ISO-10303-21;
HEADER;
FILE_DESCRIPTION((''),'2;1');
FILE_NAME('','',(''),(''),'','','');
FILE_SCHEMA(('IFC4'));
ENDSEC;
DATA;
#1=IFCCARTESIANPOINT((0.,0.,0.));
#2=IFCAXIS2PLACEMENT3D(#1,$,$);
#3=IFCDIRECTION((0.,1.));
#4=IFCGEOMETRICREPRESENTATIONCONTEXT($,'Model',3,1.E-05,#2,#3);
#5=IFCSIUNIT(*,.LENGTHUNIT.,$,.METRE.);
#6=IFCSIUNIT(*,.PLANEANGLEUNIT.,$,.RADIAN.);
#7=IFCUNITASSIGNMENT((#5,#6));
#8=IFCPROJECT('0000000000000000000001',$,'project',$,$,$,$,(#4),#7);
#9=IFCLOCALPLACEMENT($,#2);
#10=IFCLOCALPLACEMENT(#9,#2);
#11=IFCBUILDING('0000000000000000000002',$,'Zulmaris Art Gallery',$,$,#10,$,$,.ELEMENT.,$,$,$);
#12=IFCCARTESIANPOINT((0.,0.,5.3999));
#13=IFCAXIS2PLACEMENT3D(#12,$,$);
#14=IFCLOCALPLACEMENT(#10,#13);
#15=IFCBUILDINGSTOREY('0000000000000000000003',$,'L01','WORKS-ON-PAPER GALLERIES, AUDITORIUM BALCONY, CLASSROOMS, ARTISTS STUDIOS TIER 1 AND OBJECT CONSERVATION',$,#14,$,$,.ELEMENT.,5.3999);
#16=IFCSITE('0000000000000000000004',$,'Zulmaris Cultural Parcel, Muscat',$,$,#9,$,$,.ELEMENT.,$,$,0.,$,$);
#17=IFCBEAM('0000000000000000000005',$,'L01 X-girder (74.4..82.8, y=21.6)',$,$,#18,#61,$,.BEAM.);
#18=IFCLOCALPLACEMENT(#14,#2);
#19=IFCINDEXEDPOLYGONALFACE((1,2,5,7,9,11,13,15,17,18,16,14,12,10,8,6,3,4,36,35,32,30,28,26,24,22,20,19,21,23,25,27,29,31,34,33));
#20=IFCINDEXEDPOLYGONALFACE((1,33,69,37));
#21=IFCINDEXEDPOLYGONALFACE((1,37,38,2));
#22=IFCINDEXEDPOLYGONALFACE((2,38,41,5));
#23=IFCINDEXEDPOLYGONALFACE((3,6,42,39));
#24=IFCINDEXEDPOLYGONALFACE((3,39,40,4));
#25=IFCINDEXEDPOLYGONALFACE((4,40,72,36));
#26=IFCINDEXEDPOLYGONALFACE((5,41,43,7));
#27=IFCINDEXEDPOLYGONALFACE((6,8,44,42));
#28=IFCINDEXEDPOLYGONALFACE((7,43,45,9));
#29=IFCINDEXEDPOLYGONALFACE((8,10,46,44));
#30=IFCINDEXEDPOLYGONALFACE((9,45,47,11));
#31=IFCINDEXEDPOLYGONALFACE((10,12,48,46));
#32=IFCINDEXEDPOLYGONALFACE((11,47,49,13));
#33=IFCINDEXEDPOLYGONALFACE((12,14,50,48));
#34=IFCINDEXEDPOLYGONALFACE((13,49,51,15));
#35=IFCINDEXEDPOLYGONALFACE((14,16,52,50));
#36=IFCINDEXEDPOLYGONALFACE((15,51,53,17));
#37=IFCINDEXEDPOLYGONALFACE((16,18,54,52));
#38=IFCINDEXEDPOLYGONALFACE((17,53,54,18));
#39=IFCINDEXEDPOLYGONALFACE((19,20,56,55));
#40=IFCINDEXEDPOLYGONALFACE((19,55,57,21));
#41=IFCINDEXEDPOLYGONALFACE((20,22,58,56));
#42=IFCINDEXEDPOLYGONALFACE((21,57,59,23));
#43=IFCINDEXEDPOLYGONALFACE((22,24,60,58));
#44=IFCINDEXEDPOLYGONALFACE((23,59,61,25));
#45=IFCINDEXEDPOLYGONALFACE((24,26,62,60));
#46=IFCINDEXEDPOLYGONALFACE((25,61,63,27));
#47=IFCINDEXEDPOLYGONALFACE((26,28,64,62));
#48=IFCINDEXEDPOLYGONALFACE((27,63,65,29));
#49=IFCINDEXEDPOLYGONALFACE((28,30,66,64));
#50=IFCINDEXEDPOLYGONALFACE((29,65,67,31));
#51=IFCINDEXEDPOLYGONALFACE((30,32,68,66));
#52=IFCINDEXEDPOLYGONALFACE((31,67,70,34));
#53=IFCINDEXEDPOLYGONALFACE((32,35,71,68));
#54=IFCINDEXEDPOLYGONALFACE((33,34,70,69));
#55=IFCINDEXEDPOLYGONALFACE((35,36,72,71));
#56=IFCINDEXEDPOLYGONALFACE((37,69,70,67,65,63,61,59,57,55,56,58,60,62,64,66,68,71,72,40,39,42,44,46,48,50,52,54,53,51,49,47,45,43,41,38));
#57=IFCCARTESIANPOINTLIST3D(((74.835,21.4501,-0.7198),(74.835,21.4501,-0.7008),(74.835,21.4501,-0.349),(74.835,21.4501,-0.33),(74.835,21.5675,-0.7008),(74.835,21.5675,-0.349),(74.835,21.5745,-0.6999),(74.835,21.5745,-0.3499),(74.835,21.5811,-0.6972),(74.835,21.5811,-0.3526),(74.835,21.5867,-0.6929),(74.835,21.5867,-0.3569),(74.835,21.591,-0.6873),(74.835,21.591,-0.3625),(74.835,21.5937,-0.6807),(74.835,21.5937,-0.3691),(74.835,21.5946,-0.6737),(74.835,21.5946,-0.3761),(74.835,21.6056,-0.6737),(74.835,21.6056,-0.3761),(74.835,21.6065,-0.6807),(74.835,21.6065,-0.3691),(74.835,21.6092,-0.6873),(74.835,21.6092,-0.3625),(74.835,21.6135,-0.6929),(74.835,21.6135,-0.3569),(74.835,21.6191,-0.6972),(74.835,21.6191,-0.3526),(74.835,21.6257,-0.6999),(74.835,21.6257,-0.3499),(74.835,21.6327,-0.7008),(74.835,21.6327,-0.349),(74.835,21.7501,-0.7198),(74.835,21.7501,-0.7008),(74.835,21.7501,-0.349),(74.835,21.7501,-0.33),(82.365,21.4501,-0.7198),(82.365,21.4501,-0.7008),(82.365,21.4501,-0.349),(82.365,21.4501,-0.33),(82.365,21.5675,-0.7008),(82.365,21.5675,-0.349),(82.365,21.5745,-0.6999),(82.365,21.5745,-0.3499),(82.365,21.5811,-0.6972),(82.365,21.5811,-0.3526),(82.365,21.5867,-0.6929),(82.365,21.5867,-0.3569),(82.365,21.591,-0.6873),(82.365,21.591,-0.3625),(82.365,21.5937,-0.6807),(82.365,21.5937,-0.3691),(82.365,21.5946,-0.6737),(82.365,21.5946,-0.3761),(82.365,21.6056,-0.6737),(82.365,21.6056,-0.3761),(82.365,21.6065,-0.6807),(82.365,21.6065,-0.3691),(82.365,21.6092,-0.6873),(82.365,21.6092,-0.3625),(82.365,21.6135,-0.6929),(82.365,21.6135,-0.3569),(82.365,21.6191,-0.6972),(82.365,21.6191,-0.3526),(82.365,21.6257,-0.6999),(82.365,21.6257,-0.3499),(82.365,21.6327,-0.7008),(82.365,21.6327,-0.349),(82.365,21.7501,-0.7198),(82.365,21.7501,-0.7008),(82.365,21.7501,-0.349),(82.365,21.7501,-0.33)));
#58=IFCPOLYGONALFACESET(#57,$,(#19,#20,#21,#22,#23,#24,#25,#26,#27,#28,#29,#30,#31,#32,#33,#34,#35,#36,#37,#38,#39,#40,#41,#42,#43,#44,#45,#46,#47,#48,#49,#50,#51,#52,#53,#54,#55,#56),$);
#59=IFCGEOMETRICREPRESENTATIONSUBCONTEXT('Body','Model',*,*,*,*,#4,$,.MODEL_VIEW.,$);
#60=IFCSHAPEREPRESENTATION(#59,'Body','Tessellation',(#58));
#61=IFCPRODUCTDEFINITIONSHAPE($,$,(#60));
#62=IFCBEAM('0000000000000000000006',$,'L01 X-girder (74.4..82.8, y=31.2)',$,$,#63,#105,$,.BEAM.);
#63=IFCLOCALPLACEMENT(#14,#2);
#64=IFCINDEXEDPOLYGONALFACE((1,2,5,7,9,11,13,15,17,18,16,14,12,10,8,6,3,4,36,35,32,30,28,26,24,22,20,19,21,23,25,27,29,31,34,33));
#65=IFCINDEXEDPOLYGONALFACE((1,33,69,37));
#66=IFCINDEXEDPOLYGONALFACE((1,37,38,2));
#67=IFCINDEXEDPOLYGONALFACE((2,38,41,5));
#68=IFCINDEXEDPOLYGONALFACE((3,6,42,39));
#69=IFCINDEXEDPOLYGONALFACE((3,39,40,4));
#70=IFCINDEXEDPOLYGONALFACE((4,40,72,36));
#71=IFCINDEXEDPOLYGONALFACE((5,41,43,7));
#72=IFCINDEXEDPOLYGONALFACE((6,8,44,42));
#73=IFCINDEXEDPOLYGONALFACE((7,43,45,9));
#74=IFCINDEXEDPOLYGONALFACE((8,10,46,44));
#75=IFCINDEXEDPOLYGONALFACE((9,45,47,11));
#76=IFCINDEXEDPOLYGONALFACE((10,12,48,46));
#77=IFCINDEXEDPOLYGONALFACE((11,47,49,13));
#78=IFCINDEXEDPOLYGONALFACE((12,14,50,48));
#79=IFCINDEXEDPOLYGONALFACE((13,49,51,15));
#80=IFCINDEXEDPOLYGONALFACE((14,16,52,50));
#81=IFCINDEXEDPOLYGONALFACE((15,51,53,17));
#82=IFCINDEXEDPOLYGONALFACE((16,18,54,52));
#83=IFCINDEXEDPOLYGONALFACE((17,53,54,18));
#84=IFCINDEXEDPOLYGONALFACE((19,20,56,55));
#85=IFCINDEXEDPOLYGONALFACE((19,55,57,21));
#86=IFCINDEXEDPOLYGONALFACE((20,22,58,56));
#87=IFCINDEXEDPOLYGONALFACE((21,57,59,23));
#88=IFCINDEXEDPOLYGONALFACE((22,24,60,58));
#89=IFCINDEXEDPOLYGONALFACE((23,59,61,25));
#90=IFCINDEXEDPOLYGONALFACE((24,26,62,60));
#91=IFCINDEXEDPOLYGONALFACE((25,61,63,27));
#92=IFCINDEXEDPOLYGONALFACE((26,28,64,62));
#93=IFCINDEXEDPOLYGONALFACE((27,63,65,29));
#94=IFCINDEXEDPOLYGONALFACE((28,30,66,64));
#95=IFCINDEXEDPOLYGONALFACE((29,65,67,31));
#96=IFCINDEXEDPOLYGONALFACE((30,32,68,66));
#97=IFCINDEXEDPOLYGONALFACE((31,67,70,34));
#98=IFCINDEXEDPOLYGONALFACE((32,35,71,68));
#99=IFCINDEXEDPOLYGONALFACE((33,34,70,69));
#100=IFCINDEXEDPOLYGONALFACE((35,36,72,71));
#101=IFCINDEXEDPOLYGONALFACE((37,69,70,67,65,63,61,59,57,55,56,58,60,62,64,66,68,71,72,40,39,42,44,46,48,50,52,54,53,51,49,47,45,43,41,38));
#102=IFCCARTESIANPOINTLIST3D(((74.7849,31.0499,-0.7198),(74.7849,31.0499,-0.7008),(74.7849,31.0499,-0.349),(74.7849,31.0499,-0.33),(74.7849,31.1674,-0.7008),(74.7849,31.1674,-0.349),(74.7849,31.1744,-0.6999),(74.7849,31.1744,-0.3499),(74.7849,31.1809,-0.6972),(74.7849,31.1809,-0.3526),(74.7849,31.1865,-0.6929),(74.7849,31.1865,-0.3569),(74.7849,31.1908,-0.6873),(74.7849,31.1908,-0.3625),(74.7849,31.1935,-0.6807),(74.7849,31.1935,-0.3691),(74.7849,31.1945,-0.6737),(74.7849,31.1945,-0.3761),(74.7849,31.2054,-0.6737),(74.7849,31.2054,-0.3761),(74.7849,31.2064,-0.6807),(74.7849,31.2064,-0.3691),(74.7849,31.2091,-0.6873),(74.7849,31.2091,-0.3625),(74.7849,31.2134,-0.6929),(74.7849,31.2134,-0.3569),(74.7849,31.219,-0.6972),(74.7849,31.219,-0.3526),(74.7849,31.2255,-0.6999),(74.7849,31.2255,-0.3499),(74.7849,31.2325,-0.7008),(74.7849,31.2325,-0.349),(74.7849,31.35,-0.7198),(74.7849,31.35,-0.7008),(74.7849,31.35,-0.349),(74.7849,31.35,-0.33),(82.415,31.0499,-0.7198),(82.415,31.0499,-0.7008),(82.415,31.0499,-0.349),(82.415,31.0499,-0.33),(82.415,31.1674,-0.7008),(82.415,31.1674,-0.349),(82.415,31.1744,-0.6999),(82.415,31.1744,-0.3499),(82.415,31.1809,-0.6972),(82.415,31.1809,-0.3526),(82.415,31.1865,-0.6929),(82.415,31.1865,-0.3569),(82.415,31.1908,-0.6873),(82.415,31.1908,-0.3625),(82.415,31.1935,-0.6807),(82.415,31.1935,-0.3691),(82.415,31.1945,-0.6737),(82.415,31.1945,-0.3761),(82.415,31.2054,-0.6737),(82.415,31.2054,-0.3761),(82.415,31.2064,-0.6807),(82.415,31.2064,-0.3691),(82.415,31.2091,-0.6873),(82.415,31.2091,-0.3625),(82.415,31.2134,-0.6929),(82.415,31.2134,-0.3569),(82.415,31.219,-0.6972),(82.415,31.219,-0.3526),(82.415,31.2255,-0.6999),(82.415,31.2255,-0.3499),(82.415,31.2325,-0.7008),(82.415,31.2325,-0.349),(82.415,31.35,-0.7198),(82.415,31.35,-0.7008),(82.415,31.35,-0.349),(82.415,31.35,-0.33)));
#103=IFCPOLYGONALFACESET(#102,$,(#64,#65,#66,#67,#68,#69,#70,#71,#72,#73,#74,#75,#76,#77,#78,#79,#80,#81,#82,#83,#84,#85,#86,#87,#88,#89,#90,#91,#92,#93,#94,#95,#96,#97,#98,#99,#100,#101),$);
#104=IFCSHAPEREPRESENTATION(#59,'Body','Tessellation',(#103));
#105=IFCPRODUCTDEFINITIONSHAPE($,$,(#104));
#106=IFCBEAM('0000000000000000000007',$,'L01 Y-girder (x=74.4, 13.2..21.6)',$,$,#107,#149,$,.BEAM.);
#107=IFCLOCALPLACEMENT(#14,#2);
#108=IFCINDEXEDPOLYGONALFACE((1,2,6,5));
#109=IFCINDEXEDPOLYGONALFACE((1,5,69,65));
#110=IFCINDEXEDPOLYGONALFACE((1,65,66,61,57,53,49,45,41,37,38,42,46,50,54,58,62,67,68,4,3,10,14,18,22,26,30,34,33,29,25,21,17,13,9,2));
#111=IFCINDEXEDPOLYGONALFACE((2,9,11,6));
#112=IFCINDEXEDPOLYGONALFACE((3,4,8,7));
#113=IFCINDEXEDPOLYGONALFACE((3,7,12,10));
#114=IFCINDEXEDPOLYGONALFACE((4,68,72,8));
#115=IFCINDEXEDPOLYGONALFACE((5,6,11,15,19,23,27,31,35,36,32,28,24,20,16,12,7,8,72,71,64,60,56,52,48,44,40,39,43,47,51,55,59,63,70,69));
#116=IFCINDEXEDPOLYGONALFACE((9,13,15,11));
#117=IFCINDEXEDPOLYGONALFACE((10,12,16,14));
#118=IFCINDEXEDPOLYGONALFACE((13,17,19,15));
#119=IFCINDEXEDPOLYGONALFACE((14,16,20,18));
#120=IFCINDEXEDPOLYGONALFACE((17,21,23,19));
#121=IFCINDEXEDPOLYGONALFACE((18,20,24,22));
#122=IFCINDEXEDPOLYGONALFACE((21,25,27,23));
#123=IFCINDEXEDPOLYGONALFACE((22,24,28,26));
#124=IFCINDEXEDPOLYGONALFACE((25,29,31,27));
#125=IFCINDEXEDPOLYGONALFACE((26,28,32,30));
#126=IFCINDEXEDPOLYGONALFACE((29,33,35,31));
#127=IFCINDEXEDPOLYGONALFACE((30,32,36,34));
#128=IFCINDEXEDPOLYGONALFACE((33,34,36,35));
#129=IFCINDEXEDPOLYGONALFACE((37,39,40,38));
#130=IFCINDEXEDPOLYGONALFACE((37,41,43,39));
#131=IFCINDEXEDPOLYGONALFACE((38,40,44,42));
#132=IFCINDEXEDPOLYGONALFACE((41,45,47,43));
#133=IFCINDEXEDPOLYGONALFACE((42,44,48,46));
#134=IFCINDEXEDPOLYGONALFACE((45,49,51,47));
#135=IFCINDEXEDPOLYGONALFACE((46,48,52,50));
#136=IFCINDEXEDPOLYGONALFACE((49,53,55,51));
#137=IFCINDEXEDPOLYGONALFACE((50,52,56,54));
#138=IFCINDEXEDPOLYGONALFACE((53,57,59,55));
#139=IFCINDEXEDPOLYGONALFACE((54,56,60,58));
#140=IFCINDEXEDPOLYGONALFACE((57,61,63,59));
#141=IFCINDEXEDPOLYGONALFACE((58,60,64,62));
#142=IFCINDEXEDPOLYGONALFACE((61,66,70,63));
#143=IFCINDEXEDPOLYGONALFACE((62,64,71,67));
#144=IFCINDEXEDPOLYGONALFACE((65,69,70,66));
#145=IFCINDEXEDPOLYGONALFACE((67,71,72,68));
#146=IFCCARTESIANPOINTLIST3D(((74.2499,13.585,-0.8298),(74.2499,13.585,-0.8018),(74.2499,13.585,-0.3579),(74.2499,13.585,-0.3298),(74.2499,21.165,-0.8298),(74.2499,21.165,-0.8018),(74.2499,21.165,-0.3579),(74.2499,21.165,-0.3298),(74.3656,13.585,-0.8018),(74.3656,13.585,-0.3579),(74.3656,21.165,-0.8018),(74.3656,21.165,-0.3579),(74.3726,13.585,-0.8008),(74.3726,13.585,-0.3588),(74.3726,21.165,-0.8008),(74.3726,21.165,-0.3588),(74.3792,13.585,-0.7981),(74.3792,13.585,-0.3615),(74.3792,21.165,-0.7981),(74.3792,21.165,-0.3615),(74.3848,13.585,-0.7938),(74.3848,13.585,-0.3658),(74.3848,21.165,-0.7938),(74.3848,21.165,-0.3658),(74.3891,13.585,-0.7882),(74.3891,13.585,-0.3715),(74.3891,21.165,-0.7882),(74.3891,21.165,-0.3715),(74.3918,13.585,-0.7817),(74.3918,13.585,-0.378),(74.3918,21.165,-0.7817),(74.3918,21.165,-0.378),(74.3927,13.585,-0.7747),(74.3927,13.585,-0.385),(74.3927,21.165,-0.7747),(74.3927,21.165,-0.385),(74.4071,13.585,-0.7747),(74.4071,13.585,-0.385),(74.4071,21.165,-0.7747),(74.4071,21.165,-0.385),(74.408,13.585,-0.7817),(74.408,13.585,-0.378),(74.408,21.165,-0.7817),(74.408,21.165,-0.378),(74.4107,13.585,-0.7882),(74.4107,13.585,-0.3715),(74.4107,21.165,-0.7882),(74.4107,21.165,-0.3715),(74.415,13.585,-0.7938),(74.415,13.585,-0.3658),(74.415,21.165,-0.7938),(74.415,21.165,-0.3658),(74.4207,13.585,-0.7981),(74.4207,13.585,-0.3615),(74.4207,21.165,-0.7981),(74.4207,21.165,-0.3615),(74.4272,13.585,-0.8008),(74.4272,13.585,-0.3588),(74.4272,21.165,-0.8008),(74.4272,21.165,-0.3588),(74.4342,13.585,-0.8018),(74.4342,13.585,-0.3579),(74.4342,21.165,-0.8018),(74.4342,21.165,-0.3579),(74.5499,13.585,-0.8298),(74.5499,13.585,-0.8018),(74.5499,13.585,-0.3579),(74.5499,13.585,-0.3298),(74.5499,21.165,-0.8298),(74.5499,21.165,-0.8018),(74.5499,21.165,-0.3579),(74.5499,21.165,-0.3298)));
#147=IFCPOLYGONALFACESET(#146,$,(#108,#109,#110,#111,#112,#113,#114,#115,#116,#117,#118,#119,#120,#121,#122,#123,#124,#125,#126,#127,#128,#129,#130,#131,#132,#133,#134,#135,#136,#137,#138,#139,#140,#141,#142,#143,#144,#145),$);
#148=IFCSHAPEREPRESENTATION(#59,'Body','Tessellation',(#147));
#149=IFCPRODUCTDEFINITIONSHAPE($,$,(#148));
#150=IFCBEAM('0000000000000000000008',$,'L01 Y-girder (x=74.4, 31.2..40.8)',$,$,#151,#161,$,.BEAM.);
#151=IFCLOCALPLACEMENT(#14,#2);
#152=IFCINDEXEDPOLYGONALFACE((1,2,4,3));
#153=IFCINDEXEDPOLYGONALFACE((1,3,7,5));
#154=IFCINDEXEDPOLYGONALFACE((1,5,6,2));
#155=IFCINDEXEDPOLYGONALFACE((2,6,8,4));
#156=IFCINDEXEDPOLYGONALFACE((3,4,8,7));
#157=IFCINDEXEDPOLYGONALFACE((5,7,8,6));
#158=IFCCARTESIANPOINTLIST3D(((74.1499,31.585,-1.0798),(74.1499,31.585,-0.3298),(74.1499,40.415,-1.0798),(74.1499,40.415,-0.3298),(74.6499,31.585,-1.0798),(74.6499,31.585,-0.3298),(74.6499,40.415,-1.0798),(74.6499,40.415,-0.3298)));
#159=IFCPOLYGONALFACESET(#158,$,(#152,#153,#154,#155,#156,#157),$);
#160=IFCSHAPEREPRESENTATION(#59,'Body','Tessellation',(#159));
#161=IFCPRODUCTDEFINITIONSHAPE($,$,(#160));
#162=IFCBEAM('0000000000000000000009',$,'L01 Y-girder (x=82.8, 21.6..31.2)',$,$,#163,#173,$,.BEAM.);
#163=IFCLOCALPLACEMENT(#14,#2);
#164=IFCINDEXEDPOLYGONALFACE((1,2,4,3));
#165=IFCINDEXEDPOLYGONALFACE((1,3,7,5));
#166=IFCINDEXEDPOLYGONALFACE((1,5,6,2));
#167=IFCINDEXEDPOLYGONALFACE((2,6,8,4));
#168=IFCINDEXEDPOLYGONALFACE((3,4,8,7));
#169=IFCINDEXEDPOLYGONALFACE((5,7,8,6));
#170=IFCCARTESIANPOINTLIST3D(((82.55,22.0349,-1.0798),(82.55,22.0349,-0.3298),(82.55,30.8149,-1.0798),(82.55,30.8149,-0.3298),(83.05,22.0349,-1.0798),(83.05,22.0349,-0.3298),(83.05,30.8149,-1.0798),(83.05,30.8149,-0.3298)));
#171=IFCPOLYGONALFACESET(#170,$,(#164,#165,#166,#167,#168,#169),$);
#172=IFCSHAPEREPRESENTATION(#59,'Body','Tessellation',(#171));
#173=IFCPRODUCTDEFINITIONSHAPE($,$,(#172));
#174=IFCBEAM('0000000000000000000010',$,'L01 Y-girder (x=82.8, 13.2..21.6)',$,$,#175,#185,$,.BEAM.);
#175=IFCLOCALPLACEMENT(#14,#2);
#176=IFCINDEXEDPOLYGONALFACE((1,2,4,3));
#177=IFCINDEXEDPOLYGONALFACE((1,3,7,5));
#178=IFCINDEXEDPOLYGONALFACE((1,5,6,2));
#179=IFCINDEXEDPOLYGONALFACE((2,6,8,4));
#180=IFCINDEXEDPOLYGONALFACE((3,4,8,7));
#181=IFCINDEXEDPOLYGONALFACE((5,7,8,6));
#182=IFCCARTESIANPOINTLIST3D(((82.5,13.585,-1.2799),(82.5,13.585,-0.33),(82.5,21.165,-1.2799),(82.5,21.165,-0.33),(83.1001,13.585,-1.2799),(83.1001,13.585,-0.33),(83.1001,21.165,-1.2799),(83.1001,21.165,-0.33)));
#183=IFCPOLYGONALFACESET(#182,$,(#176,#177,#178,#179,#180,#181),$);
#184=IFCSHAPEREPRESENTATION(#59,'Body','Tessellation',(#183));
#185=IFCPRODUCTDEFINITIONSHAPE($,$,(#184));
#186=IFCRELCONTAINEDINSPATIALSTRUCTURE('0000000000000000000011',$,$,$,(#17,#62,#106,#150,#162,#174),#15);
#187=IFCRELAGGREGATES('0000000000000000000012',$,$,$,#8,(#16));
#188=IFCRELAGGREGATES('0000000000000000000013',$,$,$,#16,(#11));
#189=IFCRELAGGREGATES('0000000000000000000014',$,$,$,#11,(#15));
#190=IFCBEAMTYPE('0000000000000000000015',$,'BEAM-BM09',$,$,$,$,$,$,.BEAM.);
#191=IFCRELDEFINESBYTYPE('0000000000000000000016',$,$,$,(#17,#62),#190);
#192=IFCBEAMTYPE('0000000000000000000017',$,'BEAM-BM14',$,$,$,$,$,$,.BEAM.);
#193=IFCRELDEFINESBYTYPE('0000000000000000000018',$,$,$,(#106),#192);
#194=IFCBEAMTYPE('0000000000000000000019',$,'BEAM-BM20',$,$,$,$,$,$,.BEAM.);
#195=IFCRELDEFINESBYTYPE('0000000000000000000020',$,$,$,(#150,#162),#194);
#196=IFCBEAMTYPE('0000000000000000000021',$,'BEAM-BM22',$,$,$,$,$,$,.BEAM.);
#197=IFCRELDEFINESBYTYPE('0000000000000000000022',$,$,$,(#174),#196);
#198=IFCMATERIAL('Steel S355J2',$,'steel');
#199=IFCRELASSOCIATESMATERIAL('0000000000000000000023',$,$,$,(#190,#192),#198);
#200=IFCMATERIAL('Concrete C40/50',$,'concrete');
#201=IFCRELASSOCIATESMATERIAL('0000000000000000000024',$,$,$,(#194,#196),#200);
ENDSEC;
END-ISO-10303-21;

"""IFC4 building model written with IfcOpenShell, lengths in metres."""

from ifc_helpers import new_model, si_unit, direction, frame, origin, origin_2d, place, context, subcontext, project, spatial, rectangle, i_section, extrude, material, material_profile, profile_set, type_object, element, save


model = new_model("IFC4")

# Units and contexts
model_context = context("Model", 3, precision=1e-05, world=origin(), true_north=direction((0.0, 1.0)))
body_context = subcontext(model_context, "Body", "Model", "MODEL_VIEW")
ifc_project = project(units=[si_unit("LENGTHUNIT", "METRE"), si_unit("PLANEANGLEUNIT", "RADIAN")], contexts=[model_context])

# Site, building, storey
site_placement = place(None, origin())
site = spatial("IfcSite", under=ifc_project, at=site_placement, Name="Zulmaris Cultural Parcel, Muscat", CompositionType="ELEMENT", RefElevation=0.0)
building_placement = place(site_placement, origin())
building = spatial("IfcBuilding", under=site, at=building_placement, Name="Zulmaris Art Gallery", CompositionType="ELEMENT")
storey_placement = place(building_placement, frame((0.0, 0.0, 5.3999)))
storey = spatial("IfcBuildingStorey", under=building, at=storey_placement, Name="L01", Description="WORKS-ON-PAPER GALLERIES, AUDITORIUM BALCONY, CLASSROOMS, ARTISTS STUDIOS TIER 1 AND OBJECT CONSERVATION", CompositionType="ELEMENT", Elevation=5.3999)

# Shared definitions
ifc_material_1 = material(Name="Concrete C40/50", Category="concrete")

# Beams
ifc_material_2 = material(Name="Steel S355J2", Category="steel")
ifc_material_profile_1 = material_profile(ifc_material_2, i_section(OverallWidth=0.3, OverallDepth=0.3899, WebThickness=0.011, FlangeThickness=0.019, FilletRadius=0.0271, at=origin_2d()), Name="HEA 400")
ifc_profile_set_1 = profile_set([ifc_material_profile_1], Name="Steel S355J2")
beam_type_1 = type_object("IfcBeamType", Name="BEAM-BM09", PredefinedType="BEAM", material=ifc_profile_set_1)
beam_1_placement = place(storey_placement, frame((74.835, 21.6001, -0.5249), z_axis=(1.0, 0.0, 0.0), x_axis=(0.0, 1.0, 0.0)))
element("IfcBeam", 1, at=beam_1_placement, inside=storey, type_object=beam_type_1, Name="L01 X-girder (74.4..82.8, y=21.6)", PredefinedType="BEAM", context=body_context, shape_type="SweptSolid", body=[
    extrude(i_section(OverallWidth=0.3, OverallDepth=0.3899, WebThickness=0.011, FlangeThickness=0.019, FilletRadius=0.0271, at=origin_2d()), origin(), (0.0, 0.0, 1.0), 7.53),
])
beam_2_placement = place(storey_placement, frame((74.7849, 31.2, -0.5249), z_axis=(1.0, 0.0, 0.0), x_axis=(0.0, 1.0, 0.0)))
element("IfcBeam", 2, at=beam_2_placement, inside=storey, type_object=beam_type_1, Name="L01 X-girder (74.4..82.8, y=31.2)", PredefinedType="BEAM", context=body_context, shape_type="SweptSolid", body=[
    extrude(i_section(OverallWidth=0.3, OverallDepth=0.3899, WebThickness=0.011, FlangeThickness=0.019, FilletRadius=0.0271, at=origin_2d()), origin(), (0.0, 0.0, 1.0), 7.6301),
])
ifc_material_profile_2 = material_profile(ifc_material_2, i_section(OverallWidth=0.3, OverallDepth=0.5, WebThickness=0.0144, FlangeThickness=0.0281, FilletRadius=0.0271, at=origin_2d()), Name="HEB 500")
ifc_profile_set_2 = profile_set([ifc_material_profile_2], Name="Steel S355J2")
beam_type_2 = type_object("IfcBeamType", Name="BEAM-BM14", PredefinedType="BEAM", material=ifc_profile_set_2)
beam_3_placement = place(storey_placement, frame((74.3999, 13.585, -0.5798), z_axis=(0.0, 1.0, 0.0), x_axis=(-1.0, 0.0, 0.0)))
element("IfcBeam", 3, at=beam_3_placement, inside=storey, type_object=beam_type_2, Name="L01 Y-girder (x=74.4, 13.2..21.6)", PredefinedType="BEAM", context=body_context, shape_type="SweptSolid", body=[
    extrude(i_section(OverallWidth=0.3, OverallDepth=0.5, WebThickness=0.0144, FlangeThickness=0.0281, FilletRadius=0.0271, at=origin_2d()), origin(), (0.0, 0.0, 1.0), 7.5801),
])
ifc_material_profile_3 = material_profile(ifc_material_1, rectangle(XDim=0.5, YDim=0.75, at=origin_2d()), Name="RC 500x750")
ifc_profile_set_3 = profile_set([ifc_material_profile_3], Name="Concrete C40/50")
beam_type_3 = type_object("IfcBeamType", Name="BEAM-BM20", PredefinedType="BEAM", material=ifc_profile_set_3)
beam_4_placement = place(storey_placement, frame((74.3999, 31.585, -0.7048), z_axis=(0.0, 1.0, 0.0), x_axis=(-1.0, 0.0, 0.0)))
element("IfcBeam", 4, at=beam_4_placement, inside=storey, type_object=beam_type_3, Name="L01 Y-girder (x=74.4, 31.2..40.8)", PredefinedType="BEAM", context=body_context, shape_type="SweptSolid", body=[
    extrude(rectangle(XDim=0.5, YDim=0.75, at=origin_2d()), origin(), (0.0, 0.0, 1.0), 8.8301),
])
beam_5_placement = place(storey_placement, frame((82.8, 22.0349, -0.7048), z_axis=(0.0, 1.0, 0.0), x_axis=(-1.0, 0.0, 0.0)))
element("IfcBeam", 5, at=beam_5_placement, inside=storey, type_object=beam_type_3, Name="L01 Y-girder (x=82.8, 21.6..31.2)", PredefinedType="BEAM", context=body_context, shape_type="SweptSolid", body=[
    extrude(rectangle(XDim=0.5, YDim=0.75, at=origin_2d()), origin(), (0.0, 0.0, 1.0), 8.78),
])
ifc_material_profile_4 = material_profile(ifc_material_1, rectangle(XDim=0.6001, YDim=0.95, at=origin_2d()), Name="RC 600x950")
ifc_profile_set_4 = profile_set([ifc_material_profile_4], Name="Concrete C40/50")
beam_type_4 = type_object("IfcBeamType", Name="BEAM-BM22", PredefinedType="BEAM", material=ifc_profile_set_4)
beam_6_placement = place(storey_placement, frame((82.8, 13.585, -0.8049), z_axis=(0.0, 1.0, 0.0), x_axis=(-1.0, 0.0, 0.0)))
element("IfcBeam", 6, at=beam_6_placement, inside=storey, type_object=beam_type_4, Name="L01 Y-girder (x=82.8, 13.2..21.6)", PredefinedType="BEAM", context=body_context, shape_type="SweptSolid", body=[
    extrude(rectangle(XDim=0.6001, YDim=0.95, at=origin_2d()), origin(), (0.0, 0.0, 1.0), 7.5801),
])

save(model, "model.ifc")
